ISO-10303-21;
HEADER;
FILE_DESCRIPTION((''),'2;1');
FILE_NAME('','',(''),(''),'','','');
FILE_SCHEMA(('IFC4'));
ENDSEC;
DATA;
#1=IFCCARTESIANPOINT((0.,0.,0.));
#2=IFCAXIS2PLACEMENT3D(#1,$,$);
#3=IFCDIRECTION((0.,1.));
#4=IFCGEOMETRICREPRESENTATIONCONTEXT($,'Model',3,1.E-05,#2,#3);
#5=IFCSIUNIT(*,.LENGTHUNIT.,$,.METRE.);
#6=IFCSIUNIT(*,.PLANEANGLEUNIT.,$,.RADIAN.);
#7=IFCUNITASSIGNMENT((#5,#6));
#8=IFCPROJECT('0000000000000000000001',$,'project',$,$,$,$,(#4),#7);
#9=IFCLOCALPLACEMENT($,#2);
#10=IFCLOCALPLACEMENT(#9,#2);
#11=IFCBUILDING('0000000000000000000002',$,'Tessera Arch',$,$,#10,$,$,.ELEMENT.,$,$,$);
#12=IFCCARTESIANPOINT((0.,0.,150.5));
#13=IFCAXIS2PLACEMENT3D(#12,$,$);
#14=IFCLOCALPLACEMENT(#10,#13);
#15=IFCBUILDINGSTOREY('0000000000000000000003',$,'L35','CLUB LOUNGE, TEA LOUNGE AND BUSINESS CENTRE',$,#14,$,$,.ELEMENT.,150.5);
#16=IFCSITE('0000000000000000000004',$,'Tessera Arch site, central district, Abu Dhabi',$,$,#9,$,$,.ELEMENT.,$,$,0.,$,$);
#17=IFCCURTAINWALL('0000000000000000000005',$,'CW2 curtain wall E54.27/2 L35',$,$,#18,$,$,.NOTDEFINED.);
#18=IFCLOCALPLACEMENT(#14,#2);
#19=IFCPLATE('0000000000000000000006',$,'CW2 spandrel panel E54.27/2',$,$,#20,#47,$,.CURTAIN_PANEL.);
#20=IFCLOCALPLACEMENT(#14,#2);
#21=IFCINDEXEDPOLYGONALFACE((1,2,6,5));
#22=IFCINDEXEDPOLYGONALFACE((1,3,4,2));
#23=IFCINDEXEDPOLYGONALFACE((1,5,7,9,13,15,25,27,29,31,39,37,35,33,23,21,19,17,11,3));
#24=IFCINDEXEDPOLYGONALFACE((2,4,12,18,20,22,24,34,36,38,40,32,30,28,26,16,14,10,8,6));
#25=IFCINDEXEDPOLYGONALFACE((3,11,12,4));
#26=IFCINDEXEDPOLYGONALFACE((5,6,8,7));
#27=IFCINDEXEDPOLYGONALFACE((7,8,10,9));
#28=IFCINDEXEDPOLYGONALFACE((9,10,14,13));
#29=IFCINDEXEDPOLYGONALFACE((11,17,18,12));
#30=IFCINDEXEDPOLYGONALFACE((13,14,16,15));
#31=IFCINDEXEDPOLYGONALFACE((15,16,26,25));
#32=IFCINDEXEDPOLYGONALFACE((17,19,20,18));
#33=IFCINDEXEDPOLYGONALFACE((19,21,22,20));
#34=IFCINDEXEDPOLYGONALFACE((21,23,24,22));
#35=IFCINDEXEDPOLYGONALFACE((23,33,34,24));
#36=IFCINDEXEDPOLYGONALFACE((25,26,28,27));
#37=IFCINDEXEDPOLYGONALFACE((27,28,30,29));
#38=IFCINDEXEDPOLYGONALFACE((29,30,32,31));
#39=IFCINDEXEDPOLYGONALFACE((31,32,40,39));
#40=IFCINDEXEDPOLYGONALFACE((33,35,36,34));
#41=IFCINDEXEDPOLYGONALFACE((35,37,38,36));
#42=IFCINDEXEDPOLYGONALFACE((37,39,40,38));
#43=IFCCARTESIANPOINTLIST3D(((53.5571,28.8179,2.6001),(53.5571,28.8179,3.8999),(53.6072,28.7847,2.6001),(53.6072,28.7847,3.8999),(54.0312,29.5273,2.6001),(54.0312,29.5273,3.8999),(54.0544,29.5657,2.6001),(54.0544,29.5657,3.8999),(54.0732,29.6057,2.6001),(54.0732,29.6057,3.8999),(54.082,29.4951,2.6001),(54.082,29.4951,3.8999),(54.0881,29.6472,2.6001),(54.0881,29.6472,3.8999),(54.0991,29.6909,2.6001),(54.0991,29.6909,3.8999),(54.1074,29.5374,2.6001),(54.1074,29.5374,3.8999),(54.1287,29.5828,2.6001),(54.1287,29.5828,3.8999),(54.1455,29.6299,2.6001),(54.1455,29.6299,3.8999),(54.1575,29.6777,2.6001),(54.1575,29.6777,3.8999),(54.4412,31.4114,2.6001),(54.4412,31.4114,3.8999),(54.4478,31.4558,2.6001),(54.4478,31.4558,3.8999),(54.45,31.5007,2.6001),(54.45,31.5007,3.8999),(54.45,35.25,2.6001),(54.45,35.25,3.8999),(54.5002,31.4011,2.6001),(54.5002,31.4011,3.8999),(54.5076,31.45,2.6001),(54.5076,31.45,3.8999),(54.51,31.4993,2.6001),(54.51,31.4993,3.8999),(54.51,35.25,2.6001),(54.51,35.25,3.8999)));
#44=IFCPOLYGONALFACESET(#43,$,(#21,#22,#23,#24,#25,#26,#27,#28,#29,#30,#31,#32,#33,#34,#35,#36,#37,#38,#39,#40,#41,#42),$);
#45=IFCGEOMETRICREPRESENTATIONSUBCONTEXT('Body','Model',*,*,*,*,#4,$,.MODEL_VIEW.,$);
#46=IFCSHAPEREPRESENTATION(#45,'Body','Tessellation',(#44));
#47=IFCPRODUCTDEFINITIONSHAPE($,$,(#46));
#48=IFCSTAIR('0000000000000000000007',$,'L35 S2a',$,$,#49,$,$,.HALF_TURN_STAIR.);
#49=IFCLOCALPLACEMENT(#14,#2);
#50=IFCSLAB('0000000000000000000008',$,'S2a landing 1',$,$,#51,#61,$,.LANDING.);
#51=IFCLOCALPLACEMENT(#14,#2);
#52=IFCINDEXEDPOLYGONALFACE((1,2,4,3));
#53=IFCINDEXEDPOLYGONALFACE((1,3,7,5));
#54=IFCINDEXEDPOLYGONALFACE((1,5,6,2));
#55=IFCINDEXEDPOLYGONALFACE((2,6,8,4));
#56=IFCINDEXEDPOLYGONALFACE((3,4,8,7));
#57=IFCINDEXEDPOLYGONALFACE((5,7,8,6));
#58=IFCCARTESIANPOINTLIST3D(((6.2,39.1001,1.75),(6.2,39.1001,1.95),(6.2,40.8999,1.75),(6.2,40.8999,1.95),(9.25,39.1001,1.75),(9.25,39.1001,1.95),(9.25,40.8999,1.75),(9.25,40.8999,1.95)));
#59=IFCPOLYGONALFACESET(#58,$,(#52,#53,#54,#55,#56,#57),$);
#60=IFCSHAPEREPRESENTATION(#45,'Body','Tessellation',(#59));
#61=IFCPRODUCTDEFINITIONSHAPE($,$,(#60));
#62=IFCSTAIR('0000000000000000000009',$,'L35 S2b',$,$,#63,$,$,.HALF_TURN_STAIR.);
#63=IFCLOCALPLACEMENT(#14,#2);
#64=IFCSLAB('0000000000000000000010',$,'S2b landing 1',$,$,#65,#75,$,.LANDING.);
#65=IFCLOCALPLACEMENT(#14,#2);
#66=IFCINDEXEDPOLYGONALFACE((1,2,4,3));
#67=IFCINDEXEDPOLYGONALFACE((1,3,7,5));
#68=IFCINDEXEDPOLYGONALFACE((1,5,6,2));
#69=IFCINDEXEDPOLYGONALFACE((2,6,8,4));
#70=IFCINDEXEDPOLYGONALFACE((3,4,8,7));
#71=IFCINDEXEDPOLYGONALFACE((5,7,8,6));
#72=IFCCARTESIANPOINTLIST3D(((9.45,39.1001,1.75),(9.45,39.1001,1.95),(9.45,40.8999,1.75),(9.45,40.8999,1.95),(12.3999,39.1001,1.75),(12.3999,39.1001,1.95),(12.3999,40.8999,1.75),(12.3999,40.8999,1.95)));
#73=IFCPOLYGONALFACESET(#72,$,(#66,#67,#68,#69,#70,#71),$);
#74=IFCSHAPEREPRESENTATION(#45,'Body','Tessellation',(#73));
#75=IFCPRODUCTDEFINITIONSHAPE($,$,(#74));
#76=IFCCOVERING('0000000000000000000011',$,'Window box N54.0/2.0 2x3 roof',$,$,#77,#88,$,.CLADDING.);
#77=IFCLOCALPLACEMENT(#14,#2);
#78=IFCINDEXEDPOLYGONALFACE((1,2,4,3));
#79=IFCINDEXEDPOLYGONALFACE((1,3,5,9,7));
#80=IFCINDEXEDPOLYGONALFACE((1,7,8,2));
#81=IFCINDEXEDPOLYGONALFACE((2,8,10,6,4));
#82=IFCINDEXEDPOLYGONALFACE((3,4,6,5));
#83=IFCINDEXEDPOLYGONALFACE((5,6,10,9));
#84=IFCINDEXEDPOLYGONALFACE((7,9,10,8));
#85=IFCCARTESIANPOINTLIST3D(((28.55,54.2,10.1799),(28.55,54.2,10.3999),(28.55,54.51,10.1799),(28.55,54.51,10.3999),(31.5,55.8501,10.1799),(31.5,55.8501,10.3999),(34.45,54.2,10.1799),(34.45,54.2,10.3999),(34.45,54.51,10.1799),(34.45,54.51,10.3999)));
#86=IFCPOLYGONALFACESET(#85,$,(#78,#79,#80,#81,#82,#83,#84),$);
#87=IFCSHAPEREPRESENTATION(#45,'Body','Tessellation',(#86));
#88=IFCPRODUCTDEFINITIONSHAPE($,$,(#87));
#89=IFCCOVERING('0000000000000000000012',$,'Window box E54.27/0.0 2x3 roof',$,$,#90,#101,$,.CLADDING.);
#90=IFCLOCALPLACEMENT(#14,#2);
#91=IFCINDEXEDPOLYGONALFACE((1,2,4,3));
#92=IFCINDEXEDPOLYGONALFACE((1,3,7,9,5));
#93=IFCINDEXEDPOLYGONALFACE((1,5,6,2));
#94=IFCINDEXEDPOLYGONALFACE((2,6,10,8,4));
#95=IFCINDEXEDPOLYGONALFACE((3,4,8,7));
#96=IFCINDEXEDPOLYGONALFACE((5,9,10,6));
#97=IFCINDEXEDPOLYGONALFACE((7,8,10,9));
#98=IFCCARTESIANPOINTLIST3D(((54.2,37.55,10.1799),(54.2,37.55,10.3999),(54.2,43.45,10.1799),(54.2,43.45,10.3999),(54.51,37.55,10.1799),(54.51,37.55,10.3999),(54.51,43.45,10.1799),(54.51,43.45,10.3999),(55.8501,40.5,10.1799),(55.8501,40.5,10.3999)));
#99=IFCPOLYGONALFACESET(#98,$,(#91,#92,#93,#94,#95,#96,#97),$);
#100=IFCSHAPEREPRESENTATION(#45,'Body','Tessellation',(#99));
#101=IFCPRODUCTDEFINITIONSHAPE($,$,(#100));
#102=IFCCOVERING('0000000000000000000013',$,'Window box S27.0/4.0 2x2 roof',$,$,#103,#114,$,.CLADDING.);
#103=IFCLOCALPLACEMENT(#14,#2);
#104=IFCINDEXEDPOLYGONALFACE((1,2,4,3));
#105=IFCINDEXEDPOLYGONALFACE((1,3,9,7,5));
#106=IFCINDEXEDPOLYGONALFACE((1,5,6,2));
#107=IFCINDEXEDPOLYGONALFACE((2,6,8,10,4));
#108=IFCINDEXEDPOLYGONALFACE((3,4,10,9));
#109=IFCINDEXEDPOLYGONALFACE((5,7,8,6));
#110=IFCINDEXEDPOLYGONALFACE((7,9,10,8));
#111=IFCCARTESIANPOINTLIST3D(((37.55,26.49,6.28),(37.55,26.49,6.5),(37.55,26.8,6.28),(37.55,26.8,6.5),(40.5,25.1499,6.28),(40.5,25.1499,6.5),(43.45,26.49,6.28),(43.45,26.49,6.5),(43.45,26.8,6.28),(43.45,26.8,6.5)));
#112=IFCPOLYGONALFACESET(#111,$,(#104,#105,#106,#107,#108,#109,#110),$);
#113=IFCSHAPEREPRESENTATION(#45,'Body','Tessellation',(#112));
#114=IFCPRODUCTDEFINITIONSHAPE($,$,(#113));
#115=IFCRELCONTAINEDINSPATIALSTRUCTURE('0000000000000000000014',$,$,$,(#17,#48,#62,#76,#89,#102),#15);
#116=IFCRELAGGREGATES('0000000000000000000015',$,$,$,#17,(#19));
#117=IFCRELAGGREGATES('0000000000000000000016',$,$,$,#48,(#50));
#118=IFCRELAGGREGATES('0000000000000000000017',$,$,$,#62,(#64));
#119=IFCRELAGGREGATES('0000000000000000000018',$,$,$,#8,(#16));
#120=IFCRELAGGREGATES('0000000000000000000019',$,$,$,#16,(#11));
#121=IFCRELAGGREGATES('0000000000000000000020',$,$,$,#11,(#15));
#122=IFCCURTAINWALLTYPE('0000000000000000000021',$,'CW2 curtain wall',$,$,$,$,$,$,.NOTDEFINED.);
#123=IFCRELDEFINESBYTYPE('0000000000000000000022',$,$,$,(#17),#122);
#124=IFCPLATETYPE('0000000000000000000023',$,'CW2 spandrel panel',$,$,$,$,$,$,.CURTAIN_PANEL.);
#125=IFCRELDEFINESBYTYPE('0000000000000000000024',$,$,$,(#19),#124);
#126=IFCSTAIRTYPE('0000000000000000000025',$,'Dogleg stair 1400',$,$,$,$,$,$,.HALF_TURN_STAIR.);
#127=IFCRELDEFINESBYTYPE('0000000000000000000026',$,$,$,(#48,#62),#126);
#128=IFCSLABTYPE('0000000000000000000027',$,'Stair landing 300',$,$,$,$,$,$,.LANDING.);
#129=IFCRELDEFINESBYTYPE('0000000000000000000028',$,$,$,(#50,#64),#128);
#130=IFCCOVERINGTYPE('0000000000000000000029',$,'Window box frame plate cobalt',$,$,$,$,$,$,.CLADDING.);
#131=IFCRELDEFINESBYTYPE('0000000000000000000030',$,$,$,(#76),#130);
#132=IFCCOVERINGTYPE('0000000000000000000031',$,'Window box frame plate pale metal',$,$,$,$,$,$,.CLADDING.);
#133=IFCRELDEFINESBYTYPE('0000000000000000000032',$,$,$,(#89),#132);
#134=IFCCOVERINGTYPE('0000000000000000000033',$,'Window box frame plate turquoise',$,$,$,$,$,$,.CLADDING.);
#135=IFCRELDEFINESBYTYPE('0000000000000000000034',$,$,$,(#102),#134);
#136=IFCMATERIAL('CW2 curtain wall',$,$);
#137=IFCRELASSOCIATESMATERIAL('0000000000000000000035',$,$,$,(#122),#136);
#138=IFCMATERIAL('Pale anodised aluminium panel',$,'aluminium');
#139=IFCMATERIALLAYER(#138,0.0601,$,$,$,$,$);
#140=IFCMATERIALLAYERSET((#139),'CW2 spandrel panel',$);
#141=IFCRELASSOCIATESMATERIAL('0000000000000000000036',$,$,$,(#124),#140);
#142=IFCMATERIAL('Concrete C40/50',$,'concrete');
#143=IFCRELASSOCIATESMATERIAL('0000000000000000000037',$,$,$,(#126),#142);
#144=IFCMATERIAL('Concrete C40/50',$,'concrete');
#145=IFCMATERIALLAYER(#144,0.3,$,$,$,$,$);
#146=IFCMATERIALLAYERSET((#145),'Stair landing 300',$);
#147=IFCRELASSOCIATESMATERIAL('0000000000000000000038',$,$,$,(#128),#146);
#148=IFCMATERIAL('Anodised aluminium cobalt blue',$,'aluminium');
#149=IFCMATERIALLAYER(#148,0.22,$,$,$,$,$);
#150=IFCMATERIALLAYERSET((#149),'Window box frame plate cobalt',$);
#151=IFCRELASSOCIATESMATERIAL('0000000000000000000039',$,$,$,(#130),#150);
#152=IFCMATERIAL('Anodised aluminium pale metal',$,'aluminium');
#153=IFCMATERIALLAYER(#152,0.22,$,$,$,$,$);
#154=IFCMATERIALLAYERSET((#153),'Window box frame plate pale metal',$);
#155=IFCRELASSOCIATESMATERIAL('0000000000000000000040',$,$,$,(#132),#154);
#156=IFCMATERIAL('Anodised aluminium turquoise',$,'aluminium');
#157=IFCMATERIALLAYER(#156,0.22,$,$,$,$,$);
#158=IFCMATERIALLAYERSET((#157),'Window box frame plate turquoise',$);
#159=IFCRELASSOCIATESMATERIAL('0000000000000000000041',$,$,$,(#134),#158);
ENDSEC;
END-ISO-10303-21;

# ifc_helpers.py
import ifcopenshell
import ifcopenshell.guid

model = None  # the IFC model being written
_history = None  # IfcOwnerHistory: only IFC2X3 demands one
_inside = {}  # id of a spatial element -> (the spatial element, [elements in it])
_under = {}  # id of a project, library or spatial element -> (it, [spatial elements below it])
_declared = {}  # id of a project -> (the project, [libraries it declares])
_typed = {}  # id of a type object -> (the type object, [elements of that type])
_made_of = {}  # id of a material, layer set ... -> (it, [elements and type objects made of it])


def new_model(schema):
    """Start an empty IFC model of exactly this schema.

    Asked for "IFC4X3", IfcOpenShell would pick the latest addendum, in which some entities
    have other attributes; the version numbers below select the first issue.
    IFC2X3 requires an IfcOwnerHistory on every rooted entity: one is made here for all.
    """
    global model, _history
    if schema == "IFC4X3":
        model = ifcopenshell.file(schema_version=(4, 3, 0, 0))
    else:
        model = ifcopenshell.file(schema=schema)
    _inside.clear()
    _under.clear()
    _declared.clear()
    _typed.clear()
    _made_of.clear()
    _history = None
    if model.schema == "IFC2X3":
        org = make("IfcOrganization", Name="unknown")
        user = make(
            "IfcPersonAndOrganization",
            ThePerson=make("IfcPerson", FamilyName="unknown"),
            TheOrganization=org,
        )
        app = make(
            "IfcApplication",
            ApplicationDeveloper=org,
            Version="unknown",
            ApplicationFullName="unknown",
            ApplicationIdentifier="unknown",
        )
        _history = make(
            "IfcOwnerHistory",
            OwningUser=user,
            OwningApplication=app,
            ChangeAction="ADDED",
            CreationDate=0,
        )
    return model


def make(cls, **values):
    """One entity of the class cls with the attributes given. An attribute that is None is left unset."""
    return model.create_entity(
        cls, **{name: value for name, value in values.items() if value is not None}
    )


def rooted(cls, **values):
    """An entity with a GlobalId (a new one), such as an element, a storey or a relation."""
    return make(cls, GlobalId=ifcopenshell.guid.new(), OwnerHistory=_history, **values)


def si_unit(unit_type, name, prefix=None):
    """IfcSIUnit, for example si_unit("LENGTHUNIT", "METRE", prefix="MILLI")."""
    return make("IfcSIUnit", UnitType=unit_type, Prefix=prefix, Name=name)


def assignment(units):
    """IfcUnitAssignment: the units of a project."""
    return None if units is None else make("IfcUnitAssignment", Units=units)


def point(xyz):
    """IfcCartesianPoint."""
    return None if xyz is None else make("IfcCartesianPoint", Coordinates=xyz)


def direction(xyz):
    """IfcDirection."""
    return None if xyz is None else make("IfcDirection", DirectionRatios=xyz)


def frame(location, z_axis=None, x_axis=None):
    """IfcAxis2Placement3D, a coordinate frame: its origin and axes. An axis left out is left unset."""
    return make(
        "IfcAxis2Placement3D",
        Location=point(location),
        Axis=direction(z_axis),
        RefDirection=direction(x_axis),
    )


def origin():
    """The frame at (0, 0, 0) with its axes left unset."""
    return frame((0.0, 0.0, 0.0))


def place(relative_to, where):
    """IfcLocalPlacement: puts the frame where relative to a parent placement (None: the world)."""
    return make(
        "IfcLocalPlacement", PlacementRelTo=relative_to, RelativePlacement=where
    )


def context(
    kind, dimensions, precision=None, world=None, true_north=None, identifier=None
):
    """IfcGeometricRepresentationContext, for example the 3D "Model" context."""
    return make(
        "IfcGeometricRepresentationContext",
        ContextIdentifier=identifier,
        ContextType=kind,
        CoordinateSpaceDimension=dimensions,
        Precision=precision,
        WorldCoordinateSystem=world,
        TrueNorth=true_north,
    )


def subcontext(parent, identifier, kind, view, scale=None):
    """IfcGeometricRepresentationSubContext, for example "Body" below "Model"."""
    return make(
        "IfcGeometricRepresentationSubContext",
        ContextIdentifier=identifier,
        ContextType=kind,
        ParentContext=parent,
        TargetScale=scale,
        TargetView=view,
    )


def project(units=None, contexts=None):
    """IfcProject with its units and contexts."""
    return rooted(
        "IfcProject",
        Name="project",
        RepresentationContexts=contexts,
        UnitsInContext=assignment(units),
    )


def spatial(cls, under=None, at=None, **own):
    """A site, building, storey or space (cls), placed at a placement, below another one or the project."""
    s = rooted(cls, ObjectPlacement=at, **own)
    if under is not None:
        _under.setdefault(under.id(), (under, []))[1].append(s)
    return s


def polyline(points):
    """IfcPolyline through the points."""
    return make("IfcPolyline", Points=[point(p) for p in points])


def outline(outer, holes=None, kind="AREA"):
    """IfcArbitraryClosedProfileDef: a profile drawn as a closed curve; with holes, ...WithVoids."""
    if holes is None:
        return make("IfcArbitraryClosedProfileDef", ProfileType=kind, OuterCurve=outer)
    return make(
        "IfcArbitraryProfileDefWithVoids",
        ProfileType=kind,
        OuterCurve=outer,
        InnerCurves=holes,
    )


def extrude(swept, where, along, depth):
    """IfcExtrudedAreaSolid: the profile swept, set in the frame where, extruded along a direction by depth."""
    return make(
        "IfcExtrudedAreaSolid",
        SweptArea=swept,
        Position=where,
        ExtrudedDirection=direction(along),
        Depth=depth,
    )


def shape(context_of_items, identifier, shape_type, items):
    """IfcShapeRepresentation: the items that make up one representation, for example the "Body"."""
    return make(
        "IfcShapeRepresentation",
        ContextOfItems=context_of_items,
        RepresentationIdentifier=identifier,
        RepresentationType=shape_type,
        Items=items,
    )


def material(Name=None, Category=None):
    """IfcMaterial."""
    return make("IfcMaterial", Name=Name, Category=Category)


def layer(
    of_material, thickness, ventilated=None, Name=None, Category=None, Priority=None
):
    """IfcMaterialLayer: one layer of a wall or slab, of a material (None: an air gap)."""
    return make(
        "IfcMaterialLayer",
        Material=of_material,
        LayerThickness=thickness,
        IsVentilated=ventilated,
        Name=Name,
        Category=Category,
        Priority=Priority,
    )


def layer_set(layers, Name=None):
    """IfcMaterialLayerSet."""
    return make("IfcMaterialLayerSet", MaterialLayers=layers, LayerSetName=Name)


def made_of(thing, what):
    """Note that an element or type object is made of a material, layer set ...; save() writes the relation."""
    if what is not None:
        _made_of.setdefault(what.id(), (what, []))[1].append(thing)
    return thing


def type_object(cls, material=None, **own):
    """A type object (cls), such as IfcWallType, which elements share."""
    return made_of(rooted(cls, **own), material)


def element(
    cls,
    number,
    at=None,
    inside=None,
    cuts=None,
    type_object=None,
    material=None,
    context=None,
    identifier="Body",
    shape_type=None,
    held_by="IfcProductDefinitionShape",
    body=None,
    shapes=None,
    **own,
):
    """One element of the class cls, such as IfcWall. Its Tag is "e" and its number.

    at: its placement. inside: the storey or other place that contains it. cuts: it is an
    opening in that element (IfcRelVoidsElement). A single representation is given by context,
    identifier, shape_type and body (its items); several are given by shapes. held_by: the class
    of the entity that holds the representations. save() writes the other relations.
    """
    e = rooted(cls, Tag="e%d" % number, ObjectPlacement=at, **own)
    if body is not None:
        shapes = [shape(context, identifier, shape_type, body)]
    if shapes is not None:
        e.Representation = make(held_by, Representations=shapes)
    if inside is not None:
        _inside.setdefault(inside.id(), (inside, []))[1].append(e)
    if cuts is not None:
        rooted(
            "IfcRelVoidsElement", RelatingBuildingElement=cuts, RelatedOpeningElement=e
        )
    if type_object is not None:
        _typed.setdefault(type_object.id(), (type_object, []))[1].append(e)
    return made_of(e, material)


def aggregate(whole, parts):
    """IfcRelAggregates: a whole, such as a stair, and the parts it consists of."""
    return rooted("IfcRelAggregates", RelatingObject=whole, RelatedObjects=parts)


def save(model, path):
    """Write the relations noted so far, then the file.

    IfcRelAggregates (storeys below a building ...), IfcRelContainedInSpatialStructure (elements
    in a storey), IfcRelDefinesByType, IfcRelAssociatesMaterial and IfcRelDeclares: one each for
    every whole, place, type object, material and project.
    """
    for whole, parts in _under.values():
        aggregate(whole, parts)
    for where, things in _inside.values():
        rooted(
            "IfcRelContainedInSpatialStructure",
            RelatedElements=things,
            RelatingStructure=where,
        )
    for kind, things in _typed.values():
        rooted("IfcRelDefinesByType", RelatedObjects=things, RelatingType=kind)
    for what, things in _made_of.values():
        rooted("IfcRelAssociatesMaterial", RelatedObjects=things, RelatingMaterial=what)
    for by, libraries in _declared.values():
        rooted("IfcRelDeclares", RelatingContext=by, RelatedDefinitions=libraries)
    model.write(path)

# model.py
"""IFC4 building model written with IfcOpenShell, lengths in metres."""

from ifc_helpers import new_model, si_unit, direction, frame, origin, place, context, subcontext, project, spatial, polyline, outline, extrude, material, layer, layer_set, type_object, element, aggregate, save


model = new_model("IFC4")

# Units and contexts
model_context = context("Model", 3, precision=1e-05, world=origin(), true_north=direction((0.0, 1.0)))
body_context = subcontext(model_context, "Body", "Model", "MODEL_VIEW")
ifc_project = project(units=[si_unit("LENGTHUNIT", "METRE"), si_unit("PLANEANGLEUNIT", "RADIAN")], contexts=[model_context])

# Site, building, storey
site_placement = place(None, origin())
site = spatial("IfcSite", under=ifc_project, at=site_placement, Name="Tessera Arch site, central district, Abu Dhabi", CompositionType="ELEMENT", RefElevation=0.0)
building_placement = place(site_placement, origin())
building = spatial("IfcBuilding", under=site, at=building_placement, Name="Tessera Arch", CompositionType="ELEMENT")
storey_placement = place(building_placement, frame((0.0, 0.0, 150.5)))
storey = spatial("IfcBuildingStorey", under=building, at=storey_placement, Name="L35", Description="CLUB LOUNGE, TEA LOUNGE AND BUSINESS CENTRE", CompositionType="ELEMENT", Elevation=150.5)

# Curtain wall
ifc_material_1 = material(Name="CW2 curtain wall")
curtain_wall_type = type_object("IfcCurtainWallType", Name="CW2 curtain wall", PredefinedType="NOTDEFINED", material=ifc_material_1)
curtain_wall_1_placement = place(storey_placement, origin())
curtain_wall_1 = element("IfcCurtainWall", 1, at=curtain_wall_1_placement, inside=storey, type_object=curtain_wall_type, Name="CW2 curtain wall E54.27/2 L35", PredefinedType="NOTDEFINED")

# Plate
ifc_material_2 = material(Name="Pale anodised aluminium panel", Category="aluminium")
ifc_layer_1 = layer(ifc_material_2, 0.0601)
ifc_layer_set_1 = layer_set([ifc_layer_1], Name="CW2 spandrel panel")
plate_type = type_object("IfcPlateType", Name="CW2 spandrel panel", PredefinedType="CURTAIN_PANEL", material=ifc_layer_set_1)
plate_1_placement = place(storey_placement, frame((0.0, 0.0, 2.6001)))
plate_1 = element("IfcPlate", 2, at=plate_1_placement, type_object=plate_type, Name="CW2 spandrel panel E54.27/2", PredefinedType="CURTAIN_PANEL", context=body_context, shape_type="SweptSolid", body=[
    extrude(outline(polyline([(54.0312, 29.5273), (53.5571, 28.8179), (53.6072, 28.7847), (54.082, 29.4951), (54.1074, 29.5374), (54.1287, 29.5828), (54.1455, 29.6299), (54.1575, 29.6777), (54.5002, 31.4011), (54.5076, 31.45), (54.51, 31.4993), (54.51, 35.25), (54.45, 35.25), (54.45, 31.5007), (54.4478, 31.4558), (54.4412, 31.4114), (54.0991, 29.6909), (54.0881, 29.6472), (54.0732, 29.6057), (54.0544, 29.5657), (54.0312, 29.5273)])), origin(), (0.0, 0.0, 1.0), 1.2998),
])
aggregate(curtain_wall_1, [plate_1])

# Stairs, slabs
ifc_material_3 = material(Name="Concrete C40/50", Category="concrete")
stair_type = type_object("IfcStairType", Name="Dogleg stair 1400", PredefinedType="HALF_TURN_STAIR", material=ifc_material_3)
stair_1_placement = place(storey_placement, origin())
stair_1 = element("IfcStair", 3, at=stair_1_placement, inside=storey, type_object=stair_type, Name="L35 S2a", PredefinedType="HALF_TURN_STAIR")
ifc_material_4 = material(Name="Concrete C40/50", Category="concrete")
ifc_layer_2 = layer(ifc_material_4, 0.3)
ifc_layer_set_2 = layer_set([ifc_layer_2], Name="Stair landing 300")
slab_type = type_object("IfcSlabType", Name="Stair landing 300", PredefinedType="LANDING", material=ifc_layer_set_2)
slab_1_placement = place(storey_placement, frame((0.0, 0.0, 1.75)))
slab_1 = element("IfcSlab", 4, at=slab_1_placement, type_object=slab_type, Name="S2a landing 1", PredefinedType="LANDING", context=body_context, shape_type="SweptSolid", body=[
    extrude(outline(polyline([(6.2, 40.8999), (6.2, 39.1001), (9.25, 39.1001), (9.25, 40.8999), (6.2, 40.8999)])), origin(), (0.0, 0.0, 1.0), 0.2),
])
aggregate(stair_1, [slab_1])
stair_2_placement = place(storey_placement, origin())
stair_2 = element("IfcStair", 5, at=stair_2_placement, inside=storey, type_object=stair_type, Name="L35 S2b", PredefinedType="HALF_TURN_STAIR")
slab_2_placement = place(storey_placement, frame((0.0, 0.0, 1.75)))
slab_2 = element("IfcSlab", 6, at=slab_2_placement, type_object=slab_type, Name="S2b landing 1", PredefinedType="LANDING", context=body_context, shape_type="SweptSolid", body=[
    extrude(outline(polyline([(9.45, 40.8999), (9.45, 39.1001), (12.3999, 39.1001), (12.3999, 40.8999), (9.45, 40.8999)])), origin(), (0.0, 0.0, 1.0), 0.2),
])
aggregate(stair_2, [slab_2])

# Coverings
ifc_material_5 = material(Name="Anodised aluminium cobalt blue", Category="aluminium")
ifc_layer_3 = layer(ifc_material_5, 0.22)
ifc_layer_set_3 = layer_set([ifc_layer_3], Name="Window box frame plate cobalt")
covering_type_1 = type_object("IfcCoveringType", Name="Window box frame plate cobalt", PredefinedType="CLADDING", material=ifc_layer_set_3)
covering_1_placement = place(storey_placement, frame((0.0, 0.0, 10.1799)))
element("IfcCovering", 7, at=covering_1_placement, inside=storey, type_object=covering_type_1, Name="Window box N54.0/2.0 2x3 roof", PredefinedType="CLADDING", context=body_context, shape_type="SweptSolid", body=[
    extrude(outline(polyline([(34.45, 54.51), (31.5, 55.8501), (28.55, 54.51), (28.55, 54.2), (34.45, 54.2), (34.45, 54.51)])), origin(), (0.0, 0.0, 1.0), 0.22),
])
ifc_material_6 = material(Name="Anodised aluminium pale metal", Category="aluminium")
ifc_layer_4 = layer(ifc_material_6, 0.22)
ifc_layer_set_4 = layer_set([ifc_layer_4], Name="Window box frame plate pale metal")
covering_type_2 = type_object("IfcCoveringType", Name="Window box frame plate pale metal", PredefinedType="CLADDING", material=ifc_layer_set_4)
covering_2_placement = place(storey_placement, frame((0.0, 0.0, 10.1799)))
element("IfcCovering", 8, at=covering_2_placement, inside=storey, type_object=covering_type_2, Name="Window box E54.27/0.0 2x3 roof", PredefinedType="CLADDING", context=body_context, shape_type="SweptSolid", body=[
    extrude(outline(polyline([(54.51, 37.55), (55.8501, 40.5), (54.51, 43.45), (54.2, 43.45), (54.2, 37.55), (54.51, 37.55)])), origin(), (0.0, 0.0, 1.0), 0.22),
])
ifc_material_7 = material(Name="Anodised aluminium turquoise", Category="aluminium")
ifc_layer_5 = layer(ifc_material_7, 0.22)
ifc_layer_set_5 = layer_set([ifc_layer_5], Name="Window box frame plate turquoise")
covering_type_3 = type_object("IfcCoveringType", Name="Window box frame plate turquoise", PredefinedType="CLADDING", material=ifc_layer_set_5)
covering_3_placement = place(storey_placement, frame((0.0, 0.0, 6.28)))
element("IfcCovering", 9, at=covering_3_placement, inside=storey, type_object=covering_type_3, Name="Window box S27.0/4.0 2x2 roof", PredefinedType="CLADDING", context=body_context, shape_type="SweptSolid", body=[
    extrude(outline(polyline([(37.55, 26.49), (40.5, 25.1499), (43.45, 26.49), (43.45, 26.8), (37.55, 26.8), (37.55, 26.49)])), origin(), (0.0, 0.0, 1.0), 0.22),
])

save(model, "model.ifc")
